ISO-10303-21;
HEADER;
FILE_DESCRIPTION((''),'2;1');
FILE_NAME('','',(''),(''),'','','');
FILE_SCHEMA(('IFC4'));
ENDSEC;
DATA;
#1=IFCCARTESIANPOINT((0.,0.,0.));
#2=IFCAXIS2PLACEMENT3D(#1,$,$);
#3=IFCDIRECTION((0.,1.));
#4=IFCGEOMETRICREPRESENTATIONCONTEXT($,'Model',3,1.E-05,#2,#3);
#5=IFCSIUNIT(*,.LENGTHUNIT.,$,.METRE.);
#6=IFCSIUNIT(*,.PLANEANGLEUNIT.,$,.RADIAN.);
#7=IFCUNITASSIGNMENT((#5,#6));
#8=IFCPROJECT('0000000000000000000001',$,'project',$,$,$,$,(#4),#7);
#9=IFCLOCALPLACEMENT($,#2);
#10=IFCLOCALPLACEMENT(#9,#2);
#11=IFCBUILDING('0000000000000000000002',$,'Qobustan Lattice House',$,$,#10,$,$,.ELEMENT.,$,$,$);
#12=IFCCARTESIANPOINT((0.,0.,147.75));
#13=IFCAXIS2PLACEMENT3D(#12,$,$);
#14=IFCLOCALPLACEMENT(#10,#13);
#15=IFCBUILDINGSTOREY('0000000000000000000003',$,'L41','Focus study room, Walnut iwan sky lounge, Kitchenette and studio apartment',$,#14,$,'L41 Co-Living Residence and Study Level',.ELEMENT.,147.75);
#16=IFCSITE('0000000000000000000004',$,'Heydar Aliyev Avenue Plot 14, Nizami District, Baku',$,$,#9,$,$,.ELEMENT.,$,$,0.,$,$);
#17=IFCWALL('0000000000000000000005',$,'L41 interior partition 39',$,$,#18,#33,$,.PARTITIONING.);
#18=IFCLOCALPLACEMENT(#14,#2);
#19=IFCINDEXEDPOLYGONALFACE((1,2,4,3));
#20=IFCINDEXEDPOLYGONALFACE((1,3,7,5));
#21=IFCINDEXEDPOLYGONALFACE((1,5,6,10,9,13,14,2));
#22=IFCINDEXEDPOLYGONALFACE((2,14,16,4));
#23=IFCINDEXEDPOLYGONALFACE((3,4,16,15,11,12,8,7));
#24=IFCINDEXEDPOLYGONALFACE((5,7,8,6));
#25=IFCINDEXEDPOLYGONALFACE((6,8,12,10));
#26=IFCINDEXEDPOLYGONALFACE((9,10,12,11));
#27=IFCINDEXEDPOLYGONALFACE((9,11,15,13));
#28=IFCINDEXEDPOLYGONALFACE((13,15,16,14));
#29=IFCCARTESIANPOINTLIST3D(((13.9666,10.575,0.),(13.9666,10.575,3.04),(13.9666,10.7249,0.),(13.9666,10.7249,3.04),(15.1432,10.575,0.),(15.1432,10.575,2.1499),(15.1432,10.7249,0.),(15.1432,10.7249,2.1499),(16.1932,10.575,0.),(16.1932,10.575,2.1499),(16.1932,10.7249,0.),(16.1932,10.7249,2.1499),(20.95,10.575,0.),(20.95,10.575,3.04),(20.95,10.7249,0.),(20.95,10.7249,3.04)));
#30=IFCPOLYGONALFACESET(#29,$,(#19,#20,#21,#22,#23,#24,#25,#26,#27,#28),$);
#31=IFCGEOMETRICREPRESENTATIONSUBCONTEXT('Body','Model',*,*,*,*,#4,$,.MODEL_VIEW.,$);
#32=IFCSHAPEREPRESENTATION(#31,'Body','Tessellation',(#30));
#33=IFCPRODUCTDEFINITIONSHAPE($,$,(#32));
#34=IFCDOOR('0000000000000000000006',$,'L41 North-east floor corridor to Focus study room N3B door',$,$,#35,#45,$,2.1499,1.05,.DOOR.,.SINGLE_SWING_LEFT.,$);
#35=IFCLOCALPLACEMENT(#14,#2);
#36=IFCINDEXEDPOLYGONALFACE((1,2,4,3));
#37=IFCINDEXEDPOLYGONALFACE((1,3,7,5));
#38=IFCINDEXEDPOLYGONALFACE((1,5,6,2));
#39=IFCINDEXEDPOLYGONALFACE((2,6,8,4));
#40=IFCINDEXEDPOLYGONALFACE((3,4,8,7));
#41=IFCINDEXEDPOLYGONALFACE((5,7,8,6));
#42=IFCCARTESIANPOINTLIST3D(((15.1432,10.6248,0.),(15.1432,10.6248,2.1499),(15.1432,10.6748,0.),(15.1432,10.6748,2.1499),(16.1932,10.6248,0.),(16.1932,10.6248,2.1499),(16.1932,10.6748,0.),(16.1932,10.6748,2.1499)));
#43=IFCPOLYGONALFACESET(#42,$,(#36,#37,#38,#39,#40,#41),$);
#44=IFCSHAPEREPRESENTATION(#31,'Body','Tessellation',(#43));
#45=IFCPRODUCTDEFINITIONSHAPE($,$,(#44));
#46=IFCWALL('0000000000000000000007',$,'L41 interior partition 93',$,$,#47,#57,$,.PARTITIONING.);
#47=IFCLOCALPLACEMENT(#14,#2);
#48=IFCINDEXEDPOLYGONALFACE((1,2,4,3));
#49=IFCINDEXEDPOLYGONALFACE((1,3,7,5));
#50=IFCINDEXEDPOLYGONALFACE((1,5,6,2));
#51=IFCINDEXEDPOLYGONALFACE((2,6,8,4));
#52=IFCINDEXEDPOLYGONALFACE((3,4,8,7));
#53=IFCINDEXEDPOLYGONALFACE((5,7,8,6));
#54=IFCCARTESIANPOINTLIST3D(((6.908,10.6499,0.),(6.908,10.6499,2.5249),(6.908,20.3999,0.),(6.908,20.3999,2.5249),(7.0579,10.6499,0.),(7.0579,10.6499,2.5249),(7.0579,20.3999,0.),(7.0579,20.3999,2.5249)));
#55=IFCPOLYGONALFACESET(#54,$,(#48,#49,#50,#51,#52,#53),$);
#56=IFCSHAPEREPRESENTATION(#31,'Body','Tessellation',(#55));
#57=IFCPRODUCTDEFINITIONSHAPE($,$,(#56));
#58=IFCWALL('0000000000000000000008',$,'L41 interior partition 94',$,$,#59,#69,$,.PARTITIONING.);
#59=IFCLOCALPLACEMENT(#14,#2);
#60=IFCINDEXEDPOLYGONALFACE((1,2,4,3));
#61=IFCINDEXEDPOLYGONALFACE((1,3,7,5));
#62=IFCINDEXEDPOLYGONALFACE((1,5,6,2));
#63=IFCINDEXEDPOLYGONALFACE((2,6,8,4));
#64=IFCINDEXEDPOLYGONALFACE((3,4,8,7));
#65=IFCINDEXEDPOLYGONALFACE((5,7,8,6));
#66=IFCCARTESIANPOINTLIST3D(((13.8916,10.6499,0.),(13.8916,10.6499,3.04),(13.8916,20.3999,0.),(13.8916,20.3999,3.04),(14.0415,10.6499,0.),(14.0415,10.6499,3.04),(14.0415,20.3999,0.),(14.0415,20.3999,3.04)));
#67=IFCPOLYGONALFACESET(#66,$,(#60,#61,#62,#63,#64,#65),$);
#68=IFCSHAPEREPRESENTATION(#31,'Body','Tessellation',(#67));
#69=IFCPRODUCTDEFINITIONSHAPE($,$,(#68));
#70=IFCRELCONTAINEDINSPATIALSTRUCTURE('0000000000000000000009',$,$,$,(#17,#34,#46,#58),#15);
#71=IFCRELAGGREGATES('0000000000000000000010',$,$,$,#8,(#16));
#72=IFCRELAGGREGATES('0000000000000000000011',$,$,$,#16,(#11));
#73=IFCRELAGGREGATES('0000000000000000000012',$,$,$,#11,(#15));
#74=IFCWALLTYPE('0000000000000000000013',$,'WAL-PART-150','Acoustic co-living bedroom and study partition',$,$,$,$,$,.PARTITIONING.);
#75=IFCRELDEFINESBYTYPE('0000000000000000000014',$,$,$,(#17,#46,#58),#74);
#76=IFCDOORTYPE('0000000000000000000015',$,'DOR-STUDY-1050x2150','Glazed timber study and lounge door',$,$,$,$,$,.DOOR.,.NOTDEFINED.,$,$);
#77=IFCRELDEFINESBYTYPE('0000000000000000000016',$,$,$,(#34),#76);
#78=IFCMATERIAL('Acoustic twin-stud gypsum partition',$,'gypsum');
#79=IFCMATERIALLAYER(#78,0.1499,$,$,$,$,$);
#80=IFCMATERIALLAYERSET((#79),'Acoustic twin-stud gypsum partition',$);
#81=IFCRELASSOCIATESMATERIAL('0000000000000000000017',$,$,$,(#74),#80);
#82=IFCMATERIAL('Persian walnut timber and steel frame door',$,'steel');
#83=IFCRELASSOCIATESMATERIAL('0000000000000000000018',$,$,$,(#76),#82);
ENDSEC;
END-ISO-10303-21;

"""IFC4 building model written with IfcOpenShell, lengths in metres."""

from ifc_helpers import new_model, si_unit, direction, frame, frame_2d, origin, place, context, subcontext, project, spatial, rectangle, extrude, material, layer, layer_set, type_object, element, fill, save


model = new_model("IFC4")

# Units and contexts
model_context = context("Model", 3, precision=1e-05, world=origin(), true_north=direction((0.0, 1.0)))
body_context = subcontext(model_context, "Body", "Model", "MODEL_VIEW")
ifc_project = project(units=[si_unit("LENGTHUNIT", "METRE"), si_unit("PLANEANGLEUNIT", "RADIAN")], contexts=[model_context])

# Site, building, storey
site_placement = place(None, origin())
site = spatial("IfcSite", under=ifc_project, at=site_placement, Name="Heydar Aliyev Avenue Plot 14, Nizami District, Baku", CompositionType="ELEMENT", RefElevation=0.0)
building_placement = place(site_placement, origin())
building = spatial("IfcBuilding", under=site, at=building_placement, Name="Qobustan Lattice House", CompositionType="ELEMENT")
storey_placement = place(building_placement, frame((0.0, 0.0, 147.75)))
storey = spatial("IfcBuildingStorey", under=building, at=storey_placement, Name="L41", Description="Focus study room, Walnut iwan sky lounge, Kitchenette and studio apartment", LongName="L41 Co-Living Residence and Study Level", CompositionType="ELEMENT", Elevation=147.75)

# Wall, opening, door
ifc_material_1 = material(Name="Acoustic twin-stud gypsum partition", Category="gypsum")
ifc_layer_1 = layer(ifc_material_1, 0.1499)
ifc_layer_set_1 = layer_set([ifc_layer_1], Name="Acoustic twin-stud gypsum partition")
wall_type_1 = type_object("IfcWallType", Name="WAL-PART-150", Description="Acoustic co-living bedroom and study partition", PredefinedType="PARTITIONING", material=ifc_layer_set_1)
wall_1_placement = place(storey_placement, frame((13.9666, 10.6499, 0.0), z_axis=(0.0, 0.0, 1.0), x_axis=(1.0, 0.0, 0.0)))
wall_1 = element("IfcWall", 1, at=wall_1_placement, inside=storey, type_object=wall_type_1, Name="L41 interior partition 39", PredefinedType="PARTITIONING", context=body_context, shape_type="SweptSolid", body=[
    extrude(rectangle(XDim=6.9834, YDim=0.1499, at=frame_2d((3.4917, 0.0))), origin(), (0.0, 0.0, 1.0), 3.04),
])
opening_1_placement = place(wall_1_placement, frame((1.1768, 0.0, 0.0)))
opening_1 = element("IfcOpeningElement", 2, at=opening_1_placement, cuts=wall_1, PredefinedType="OPENING", context=body_context, shape_type="SweptSolid", body=[
    extrude(rectangle(XDim=1.05, YDim=2.1499, at=frame_2d((0.5249, 1.075))), frame((0.0, 0.085, 0.0), z_axis=(0.0, -1.0, 0.0), x_axis=(1.0, 0.0, 0.0)), (0.0, 0.0, 1.0), 0.1699),
])
ifc_material_2 = material(Name="Persian walnut timber and steel frame door", Category="steel")
door_type = type_object("IfcDoorType", Name="DOR-STUDY-1050x2150", Description="Glazed timber study and lounge door", OperationType="NOTDEFINED", PredefinedType="DOOR", material=ifc_material_2)
door_placement = place(opening_1_placement, origin())
door = element("IfcDoor", 3, at=door_placement, inside=storey, type_object=door_type, Name="L41 North-east floor corridor to Focus study room N3B door", OperationType="SINGLE_SWING_LEFT", OverallHeight=2.1499, OverallWidth=1.05, PredefinedType="DOOR", context=body_context, shape_type="SweptSolid", body=[
    extrude(rectangle(XDim=1.05, YDim=2.1499, at=frame_2d((0.5249, 1.075))), frame((0.0, 0.0249, 0.0), z_axis=(0.0, -1.0, 0.0), x_axis=(1.0, 0.0, 0.0)), (0.0, 0.0, 1.0), 0.05),
])
fill(opening_1, door)

# Walls
wall_2_placement = place(storey_placement, frame((6.9829, 20.3999, 0.0), z_axis=(0.0, 0.0, 1.0), x_axis=(0.0, -1.0, 0.0)))
element("IfcWall", 4, at=wall_2_placement, inside=storey, type_object=wall_type_1, Name="L41 interior partition 93", PredefinedType="PARTITIONING", context=body_context, shape_type="SweptSolid", body=[
    extrude(rectangle(XDim=9.75, YDim=0.1499, at=frame_2d((4.875, 0.0))), origin(), (0.0, 0.0, 1.0), 2.5249),
])
wall_3_placement = place(storey_placement, frame((13.9666, 20.3999, 0.0), z_axis=(0.0, 0.0, 1.0), x_axis=(0.0, -1.0, 0.0)))
element("IfcWall", 5, at=wall_3_placement, inside=storey, type_object=wall_type_1, Name="L41 interior partition 94", PredefinedType="PARTITIONING", context=body_context, shape_type="SweptSolid", body=[
    extrude(rectangle(XDim=9.75, YDim=0.1499, at=frame_2d((4.875, 0.0))), origin(), (0.0, 0.0, 1.0), 3.04),
])

save(model, "model.ifc")
